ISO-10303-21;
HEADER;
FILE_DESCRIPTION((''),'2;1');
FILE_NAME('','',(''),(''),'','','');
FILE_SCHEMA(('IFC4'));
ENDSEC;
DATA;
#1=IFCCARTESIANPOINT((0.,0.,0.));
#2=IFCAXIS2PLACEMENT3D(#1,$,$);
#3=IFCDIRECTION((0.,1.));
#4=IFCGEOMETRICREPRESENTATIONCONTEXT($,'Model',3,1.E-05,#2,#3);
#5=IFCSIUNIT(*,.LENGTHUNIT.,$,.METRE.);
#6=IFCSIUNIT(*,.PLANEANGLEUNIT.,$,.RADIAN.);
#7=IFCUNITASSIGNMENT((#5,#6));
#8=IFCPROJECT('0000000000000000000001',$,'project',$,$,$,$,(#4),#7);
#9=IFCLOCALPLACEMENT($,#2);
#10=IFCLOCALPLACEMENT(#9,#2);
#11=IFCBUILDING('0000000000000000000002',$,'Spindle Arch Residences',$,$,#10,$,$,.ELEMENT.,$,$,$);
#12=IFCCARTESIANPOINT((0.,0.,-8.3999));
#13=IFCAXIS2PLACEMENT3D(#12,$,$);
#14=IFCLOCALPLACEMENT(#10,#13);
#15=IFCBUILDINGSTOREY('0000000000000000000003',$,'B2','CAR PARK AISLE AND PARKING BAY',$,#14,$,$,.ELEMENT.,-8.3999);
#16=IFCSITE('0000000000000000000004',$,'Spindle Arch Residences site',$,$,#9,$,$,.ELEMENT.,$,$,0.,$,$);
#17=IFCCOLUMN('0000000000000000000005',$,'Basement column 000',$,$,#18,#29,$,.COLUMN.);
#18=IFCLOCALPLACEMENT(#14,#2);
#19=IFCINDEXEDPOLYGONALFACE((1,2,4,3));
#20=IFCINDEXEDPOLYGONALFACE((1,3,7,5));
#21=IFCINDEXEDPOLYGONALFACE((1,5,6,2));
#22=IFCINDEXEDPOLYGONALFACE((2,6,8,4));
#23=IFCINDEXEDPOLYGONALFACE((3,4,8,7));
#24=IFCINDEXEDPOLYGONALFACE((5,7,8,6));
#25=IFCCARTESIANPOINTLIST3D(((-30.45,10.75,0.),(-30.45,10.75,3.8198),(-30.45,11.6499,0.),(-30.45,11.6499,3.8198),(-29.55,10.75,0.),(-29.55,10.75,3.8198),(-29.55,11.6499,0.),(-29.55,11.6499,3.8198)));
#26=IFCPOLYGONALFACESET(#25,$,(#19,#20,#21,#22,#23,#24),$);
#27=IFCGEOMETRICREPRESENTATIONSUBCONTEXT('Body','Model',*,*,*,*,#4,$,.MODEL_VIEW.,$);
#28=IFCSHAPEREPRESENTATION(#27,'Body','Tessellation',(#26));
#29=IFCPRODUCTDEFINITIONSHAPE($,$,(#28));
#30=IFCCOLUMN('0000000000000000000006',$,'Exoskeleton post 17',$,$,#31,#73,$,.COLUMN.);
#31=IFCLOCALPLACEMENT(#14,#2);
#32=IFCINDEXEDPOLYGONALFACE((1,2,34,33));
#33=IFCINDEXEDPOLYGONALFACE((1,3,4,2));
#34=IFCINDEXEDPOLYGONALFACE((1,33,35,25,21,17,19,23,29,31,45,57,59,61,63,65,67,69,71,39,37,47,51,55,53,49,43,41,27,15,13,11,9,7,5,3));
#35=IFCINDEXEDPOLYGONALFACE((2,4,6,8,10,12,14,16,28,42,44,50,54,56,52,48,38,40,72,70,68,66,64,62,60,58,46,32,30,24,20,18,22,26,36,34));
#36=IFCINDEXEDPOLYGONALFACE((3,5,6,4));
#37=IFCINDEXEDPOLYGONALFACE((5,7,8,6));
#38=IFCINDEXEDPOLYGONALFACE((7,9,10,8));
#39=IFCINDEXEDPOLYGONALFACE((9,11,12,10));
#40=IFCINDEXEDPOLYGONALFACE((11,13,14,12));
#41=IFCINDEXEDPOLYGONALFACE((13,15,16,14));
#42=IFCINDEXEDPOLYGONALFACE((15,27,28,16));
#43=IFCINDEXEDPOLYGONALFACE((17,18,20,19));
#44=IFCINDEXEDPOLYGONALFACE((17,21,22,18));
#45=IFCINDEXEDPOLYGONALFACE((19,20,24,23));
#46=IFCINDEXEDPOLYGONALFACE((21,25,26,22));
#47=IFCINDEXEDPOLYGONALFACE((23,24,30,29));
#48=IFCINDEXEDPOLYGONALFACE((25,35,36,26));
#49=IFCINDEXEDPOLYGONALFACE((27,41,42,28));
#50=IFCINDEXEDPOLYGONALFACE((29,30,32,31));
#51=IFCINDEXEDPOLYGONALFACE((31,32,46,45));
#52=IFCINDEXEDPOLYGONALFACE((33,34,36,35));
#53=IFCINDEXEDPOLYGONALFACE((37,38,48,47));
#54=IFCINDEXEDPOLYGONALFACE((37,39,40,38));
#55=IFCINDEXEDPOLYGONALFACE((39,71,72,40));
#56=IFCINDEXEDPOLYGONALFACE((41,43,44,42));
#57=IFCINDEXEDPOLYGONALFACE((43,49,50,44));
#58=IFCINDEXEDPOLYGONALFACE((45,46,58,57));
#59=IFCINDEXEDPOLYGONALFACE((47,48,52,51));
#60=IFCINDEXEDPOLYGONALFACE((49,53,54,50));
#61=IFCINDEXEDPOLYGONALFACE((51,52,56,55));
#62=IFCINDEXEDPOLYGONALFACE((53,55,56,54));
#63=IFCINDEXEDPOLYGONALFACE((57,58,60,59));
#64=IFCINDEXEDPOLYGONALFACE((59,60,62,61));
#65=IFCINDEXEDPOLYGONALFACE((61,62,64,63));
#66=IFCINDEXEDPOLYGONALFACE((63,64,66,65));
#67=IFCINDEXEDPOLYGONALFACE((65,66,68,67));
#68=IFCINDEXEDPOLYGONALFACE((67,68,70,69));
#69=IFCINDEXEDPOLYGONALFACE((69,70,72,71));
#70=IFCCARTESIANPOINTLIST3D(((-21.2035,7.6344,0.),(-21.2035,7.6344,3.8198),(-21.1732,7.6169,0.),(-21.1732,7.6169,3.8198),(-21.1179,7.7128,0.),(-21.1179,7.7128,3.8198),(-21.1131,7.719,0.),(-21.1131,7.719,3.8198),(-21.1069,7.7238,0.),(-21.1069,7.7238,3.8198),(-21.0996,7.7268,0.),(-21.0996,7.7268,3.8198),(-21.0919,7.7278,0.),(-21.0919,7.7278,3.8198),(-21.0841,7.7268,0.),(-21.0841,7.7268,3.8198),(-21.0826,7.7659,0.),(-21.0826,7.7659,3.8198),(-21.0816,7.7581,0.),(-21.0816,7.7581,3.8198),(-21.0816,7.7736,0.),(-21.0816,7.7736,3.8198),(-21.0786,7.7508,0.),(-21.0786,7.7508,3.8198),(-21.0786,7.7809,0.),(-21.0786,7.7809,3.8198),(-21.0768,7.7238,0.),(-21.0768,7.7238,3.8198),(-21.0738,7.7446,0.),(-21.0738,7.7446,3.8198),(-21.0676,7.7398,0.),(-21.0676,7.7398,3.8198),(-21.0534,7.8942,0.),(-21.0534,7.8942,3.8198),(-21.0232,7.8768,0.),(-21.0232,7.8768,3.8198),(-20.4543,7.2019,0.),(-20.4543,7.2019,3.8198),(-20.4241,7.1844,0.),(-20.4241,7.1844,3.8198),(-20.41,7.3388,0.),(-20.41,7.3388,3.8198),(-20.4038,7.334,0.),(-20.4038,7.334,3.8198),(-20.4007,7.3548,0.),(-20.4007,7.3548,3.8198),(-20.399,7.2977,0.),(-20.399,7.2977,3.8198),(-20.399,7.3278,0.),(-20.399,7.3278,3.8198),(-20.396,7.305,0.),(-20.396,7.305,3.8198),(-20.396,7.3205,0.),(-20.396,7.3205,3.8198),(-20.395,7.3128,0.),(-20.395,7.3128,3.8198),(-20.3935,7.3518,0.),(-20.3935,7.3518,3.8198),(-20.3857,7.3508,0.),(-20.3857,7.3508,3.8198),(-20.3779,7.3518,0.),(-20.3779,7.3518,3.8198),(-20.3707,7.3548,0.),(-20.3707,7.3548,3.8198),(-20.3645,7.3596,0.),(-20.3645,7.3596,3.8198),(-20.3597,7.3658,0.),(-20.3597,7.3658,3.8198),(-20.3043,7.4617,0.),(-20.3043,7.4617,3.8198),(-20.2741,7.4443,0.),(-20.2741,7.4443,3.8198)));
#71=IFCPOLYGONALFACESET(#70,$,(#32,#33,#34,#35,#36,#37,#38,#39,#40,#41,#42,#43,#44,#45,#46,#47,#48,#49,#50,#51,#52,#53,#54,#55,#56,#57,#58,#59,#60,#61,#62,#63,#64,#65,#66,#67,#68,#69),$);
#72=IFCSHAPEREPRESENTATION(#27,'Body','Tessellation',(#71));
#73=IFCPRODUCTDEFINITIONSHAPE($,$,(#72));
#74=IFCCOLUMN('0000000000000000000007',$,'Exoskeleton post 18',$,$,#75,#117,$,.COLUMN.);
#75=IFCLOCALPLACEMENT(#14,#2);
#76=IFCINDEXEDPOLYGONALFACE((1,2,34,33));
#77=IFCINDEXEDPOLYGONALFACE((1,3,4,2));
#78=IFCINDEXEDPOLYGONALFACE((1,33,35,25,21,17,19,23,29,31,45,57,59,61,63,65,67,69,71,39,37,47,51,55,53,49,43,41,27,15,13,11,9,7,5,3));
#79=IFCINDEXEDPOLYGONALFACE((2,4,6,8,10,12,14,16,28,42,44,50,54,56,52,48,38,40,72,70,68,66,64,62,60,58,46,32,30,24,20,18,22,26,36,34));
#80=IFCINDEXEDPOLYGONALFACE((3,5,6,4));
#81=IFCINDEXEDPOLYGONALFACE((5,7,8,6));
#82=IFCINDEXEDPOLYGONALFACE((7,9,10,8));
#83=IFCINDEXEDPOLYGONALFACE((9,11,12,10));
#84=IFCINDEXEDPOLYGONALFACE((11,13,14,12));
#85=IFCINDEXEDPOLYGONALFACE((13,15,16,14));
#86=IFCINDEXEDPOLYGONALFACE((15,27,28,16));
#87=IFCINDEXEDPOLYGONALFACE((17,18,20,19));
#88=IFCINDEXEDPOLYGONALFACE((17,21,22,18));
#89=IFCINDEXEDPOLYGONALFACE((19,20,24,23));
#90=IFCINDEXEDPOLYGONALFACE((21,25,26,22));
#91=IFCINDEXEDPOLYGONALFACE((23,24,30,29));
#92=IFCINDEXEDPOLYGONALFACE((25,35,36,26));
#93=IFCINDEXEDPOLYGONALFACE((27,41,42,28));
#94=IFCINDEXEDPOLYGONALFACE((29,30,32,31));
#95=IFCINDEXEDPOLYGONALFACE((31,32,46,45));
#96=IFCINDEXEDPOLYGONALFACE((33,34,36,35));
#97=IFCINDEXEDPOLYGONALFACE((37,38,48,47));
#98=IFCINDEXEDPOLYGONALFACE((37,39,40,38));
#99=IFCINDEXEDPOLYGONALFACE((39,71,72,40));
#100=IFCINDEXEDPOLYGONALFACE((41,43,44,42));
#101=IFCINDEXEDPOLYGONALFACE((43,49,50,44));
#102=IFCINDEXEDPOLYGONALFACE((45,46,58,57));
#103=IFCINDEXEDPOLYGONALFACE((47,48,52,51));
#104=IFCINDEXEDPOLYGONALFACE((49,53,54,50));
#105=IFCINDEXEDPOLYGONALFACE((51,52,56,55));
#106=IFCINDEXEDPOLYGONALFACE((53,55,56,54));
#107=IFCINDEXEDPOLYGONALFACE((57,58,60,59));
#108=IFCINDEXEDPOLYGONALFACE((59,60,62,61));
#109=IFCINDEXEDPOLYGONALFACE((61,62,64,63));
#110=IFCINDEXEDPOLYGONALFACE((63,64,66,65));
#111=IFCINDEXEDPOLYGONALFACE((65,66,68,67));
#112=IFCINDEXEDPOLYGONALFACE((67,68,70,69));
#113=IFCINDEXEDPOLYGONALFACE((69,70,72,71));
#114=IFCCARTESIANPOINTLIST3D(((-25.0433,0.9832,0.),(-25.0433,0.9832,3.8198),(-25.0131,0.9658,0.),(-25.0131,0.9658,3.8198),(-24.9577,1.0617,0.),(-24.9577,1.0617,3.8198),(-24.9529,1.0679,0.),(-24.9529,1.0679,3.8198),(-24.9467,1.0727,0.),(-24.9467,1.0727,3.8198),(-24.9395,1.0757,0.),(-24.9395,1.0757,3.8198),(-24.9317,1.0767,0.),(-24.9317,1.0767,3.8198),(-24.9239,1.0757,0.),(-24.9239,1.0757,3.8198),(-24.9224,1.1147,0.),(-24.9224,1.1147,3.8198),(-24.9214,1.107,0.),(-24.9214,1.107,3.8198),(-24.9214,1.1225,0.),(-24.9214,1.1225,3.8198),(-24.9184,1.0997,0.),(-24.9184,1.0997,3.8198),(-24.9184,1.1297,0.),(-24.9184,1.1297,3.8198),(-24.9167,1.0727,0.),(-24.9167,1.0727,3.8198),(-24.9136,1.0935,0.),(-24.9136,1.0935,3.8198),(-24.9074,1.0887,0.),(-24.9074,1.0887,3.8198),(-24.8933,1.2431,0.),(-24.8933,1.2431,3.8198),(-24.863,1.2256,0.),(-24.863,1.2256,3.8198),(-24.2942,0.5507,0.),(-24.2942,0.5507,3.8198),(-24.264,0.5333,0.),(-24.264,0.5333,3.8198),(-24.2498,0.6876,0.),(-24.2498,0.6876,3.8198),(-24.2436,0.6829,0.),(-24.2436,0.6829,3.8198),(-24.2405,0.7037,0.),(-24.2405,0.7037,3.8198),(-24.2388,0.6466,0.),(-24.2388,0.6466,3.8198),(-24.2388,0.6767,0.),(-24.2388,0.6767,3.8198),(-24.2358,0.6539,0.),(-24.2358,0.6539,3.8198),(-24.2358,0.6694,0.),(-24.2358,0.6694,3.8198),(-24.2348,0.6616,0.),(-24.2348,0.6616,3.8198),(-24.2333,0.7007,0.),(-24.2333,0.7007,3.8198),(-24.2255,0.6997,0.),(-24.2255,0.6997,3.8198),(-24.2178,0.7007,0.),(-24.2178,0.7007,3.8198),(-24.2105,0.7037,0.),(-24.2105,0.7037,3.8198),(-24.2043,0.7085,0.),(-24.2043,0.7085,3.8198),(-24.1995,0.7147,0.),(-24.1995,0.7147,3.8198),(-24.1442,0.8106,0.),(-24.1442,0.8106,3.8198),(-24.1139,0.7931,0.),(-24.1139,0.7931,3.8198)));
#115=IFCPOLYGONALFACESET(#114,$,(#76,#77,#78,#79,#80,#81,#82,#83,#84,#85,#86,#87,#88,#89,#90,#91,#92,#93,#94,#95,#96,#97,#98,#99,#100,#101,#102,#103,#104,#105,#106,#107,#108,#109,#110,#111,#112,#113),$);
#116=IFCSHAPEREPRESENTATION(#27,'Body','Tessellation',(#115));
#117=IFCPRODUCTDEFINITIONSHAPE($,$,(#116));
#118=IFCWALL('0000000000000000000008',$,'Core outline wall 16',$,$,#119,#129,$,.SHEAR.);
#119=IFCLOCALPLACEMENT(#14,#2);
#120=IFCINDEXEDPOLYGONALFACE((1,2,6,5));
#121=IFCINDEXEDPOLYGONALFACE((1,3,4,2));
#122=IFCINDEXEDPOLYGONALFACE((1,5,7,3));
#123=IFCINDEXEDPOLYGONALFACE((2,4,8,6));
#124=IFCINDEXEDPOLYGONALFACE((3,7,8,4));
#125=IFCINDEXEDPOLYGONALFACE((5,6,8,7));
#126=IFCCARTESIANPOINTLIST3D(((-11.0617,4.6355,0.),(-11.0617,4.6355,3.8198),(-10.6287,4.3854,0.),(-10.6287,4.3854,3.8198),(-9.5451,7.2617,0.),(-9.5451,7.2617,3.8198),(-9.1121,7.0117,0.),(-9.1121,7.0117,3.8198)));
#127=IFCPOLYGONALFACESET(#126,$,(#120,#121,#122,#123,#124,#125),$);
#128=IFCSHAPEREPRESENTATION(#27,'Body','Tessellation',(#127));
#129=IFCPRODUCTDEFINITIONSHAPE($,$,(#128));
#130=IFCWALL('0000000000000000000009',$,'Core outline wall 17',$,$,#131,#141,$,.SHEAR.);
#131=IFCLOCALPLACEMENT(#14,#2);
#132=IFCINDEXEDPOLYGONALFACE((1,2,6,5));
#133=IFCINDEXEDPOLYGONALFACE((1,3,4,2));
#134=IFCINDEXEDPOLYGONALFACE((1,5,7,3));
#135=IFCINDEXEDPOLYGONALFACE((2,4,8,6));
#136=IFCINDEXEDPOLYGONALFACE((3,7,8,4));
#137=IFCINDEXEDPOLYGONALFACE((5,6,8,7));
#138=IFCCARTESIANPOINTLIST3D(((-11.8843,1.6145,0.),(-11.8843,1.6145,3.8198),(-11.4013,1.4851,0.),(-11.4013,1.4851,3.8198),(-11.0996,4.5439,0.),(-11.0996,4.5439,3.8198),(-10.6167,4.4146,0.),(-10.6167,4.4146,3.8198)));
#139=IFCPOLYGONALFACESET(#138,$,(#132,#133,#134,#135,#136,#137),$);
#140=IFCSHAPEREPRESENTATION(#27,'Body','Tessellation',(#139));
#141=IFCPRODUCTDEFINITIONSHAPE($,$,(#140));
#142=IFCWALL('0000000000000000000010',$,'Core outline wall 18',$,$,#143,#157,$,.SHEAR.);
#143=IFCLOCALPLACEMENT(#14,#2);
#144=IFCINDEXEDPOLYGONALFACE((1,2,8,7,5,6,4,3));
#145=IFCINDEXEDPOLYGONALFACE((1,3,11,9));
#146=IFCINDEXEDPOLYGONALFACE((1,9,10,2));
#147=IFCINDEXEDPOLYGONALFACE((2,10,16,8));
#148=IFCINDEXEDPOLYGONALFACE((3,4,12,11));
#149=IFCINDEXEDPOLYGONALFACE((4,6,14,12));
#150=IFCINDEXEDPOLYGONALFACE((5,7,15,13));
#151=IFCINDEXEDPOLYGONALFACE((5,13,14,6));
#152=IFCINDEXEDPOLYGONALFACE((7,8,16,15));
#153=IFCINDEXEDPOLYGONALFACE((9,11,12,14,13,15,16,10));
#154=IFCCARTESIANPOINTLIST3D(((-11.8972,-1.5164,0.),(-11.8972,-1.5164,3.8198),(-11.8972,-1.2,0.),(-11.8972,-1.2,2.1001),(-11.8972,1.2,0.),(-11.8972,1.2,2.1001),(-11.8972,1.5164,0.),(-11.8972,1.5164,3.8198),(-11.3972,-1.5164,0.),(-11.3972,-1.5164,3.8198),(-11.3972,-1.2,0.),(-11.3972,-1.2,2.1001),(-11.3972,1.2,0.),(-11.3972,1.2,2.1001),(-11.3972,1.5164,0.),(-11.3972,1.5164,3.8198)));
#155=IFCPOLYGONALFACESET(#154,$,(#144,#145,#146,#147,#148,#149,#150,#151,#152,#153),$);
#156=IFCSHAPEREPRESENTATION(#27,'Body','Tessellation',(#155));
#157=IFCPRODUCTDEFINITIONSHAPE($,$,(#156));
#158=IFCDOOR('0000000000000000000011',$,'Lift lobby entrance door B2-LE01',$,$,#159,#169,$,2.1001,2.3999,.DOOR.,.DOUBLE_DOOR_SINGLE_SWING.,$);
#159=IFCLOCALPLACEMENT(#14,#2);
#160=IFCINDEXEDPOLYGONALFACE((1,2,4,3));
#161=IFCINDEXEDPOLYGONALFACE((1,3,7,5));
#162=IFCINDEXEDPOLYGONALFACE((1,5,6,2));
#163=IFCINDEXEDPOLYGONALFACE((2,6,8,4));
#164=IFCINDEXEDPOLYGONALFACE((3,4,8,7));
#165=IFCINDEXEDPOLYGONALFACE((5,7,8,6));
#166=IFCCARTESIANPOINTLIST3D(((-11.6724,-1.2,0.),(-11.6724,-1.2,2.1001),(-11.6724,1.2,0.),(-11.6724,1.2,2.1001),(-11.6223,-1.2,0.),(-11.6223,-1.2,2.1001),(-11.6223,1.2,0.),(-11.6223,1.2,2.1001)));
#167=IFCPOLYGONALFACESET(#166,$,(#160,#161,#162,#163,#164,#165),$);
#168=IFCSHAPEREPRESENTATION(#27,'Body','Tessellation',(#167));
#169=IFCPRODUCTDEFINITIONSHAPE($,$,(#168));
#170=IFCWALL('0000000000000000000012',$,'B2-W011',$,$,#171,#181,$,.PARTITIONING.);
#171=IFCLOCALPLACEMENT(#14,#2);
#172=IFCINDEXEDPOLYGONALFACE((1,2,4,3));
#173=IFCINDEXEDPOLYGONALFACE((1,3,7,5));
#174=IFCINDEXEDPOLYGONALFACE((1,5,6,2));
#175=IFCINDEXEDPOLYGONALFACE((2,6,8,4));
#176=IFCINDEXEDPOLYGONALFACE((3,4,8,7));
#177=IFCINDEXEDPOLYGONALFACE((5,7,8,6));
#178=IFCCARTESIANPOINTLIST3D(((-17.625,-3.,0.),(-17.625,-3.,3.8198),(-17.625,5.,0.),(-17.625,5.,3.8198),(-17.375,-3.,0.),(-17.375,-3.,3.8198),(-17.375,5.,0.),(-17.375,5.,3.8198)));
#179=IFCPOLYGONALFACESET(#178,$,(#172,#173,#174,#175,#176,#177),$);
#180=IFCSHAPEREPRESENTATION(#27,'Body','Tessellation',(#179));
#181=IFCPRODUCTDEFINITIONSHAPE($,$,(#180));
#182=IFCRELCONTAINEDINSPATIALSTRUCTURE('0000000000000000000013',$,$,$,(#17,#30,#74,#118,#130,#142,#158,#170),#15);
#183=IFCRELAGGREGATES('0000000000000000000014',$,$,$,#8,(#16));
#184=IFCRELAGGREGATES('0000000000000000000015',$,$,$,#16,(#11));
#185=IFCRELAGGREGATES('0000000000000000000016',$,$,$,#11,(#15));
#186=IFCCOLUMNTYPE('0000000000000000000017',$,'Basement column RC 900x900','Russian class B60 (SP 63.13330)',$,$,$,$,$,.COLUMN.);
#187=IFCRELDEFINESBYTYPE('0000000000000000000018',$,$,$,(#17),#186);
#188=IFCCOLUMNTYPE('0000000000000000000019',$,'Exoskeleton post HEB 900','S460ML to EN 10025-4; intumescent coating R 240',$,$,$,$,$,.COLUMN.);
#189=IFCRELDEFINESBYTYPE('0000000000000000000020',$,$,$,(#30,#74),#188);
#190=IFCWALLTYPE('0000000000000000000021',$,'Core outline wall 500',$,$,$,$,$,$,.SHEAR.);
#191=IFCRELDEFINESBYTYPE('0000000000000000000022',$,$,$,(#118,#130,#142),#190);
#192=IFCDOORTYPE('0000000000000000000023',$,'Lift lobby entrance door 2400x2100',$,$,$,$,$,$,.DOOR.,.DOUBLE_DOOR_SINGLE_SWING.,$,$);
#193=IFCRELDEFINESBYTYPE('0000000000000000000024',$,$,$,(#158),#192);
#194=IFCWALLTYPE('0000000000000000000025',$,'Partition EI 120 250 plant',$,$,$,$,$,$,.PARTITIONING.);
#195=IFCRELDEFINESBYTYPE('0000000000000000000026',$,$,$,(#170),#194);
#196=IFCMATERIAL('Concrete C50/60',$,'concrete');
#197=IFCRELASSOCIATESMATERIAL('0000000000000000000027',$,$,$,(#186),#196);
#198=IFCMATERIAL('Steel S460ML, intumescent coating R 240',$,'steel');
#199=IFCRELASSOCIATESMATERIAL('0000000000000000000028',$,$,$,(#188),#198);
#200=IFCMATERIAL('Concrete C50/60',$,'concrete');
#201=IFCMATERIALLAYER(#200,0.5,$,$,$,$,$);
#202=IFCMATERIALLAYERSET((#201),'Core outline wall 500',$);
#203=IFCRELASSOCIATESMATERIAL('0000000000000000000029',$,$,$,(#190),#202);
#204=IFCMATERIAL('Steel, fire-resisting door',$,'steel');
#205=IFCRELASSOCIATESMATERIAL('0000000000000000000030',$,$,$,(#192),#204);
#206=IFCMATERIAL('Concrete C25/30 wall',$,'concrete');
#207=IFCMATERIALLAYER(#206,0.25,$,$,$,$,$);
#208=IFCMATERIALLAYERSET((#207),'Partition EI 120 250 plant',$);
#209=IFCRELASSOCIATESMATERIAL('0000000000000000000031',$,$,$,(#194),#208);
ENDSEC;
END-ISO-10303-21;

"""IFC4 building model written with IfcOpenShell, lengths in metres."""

from ifc_helpers import new_model, si_unit, direction, frame, frame_2d, origin, origin_2d, place, context, subcontext, project, spatial, rectangle, i_section, extrude, material, layer, layer_set, material_profile, profile_set, type_object, element, fill, save


model = new_model("IFC4")

# Units and contexts
model_context = context("Model", 3, precision=1e-05, world=origin(), true_north=direction((0.0, 1.0)))
body_context = subcontext(model_context, "Body", "Model", "MODEL_VIEW")
ifc_project = project(units=[si_unit("LENGTHUNIT", "METRE"), si_unit("PLANEANGLEUNIT", "RADIAN")], contexts=[model_context])

# Site, building, storey
site_placement = place(None, origin())
site = spatial("IfcSite", under=ifc_project, at=site_placement, Name="Spindle Arch Residences site", CompositionType="ELEMENT", RefElevation=0.0)
building_placement = place(site_placement, origin())
building = spatial("IfcBuilding", under=site, at=building_placement, Name="Spindle Arch Residences", CompositionType="ELEMENT")
storey_placement = place(building_placement, frame((0.0, 0.0, -8.3999)))
storey = spatial("IfcBuildingStorey", under=building, at=storey_placement, Name="B2", Description="CAR PARK AISLE AND PARKING BAY", CompositionType="ELEMENT", Elevation=-8.3999)

# Columns
ifc_material_1 = material(Name="Concrete C50/60", Category="concrete")
ifc_material_profile_1 = material_profile(ifc_material_1, rectangle(XDim=0.8999, YDim=0.8999, at=origin_2d()), Name="RC 900x900")
ifc_profile_set_1 = profile_set([ifc_material_profile_1], Name="Concrete C50/60")
column_type_1 = type_object("IfcColumnType", Name="Basement column RC 900x900", Description="Russian class B60 (SP 63.13330)", PredefinedType="COLUMN", material=ifc_profile_set_1)
column_placement = place(storey_placement, frame((-30.0, 11.2, 0.0), z_axis=(0.0, 0.0, 1.0), x_axis=(1.0, 0.0, 0.0)))
element("IfcColumn", 1, at=column_placement, inside=storey, type_object=column_type_1, Name="Basement column 000", PredefinedType="COLUMN", context=body_context, shape_type="SweptSolid", body=[
    extrude(rectangle(XDim=0.8999, YDim=0.8999, at=origin_2d()), origin(), (0.0, 0.0, 1.0), 3.8198),
])
ifc_material_2 = material(Name="Steel S460ML, intumescent coating R 240", Category="steel")
ifc_material_profile_2 = material_profile(ifc_material_2, i_section(OverallWidth=0.3, OverallDepth=0.8999, WebThickness=0.0186, FlangeThickness=0.0349, FilletRadius=0.03, at=origin_2d()), Name="HEB 900")
ifc_profile_set_2 = profile_set([ifc_material_profile_2], Name="Steel S460ML, intumescent coating R 240")
column_type_2 = type_object("IfcColumnType", Name="Exoskeleton post HEB 900", Description="S460ML to EN 10025-4; intumescent coating R 240", PredefinedType="COLUMN", material=ifc_profile_set_2)
for number, where, z_axis, x_axis, name in (
    (2, (-20.7388, 7.5393, 0.0), (0.0, 0.0, 1.0), (0.5, 0.866025, 0.0), "Exoskeleton post 17"),
    (3, (-24.5786, 0.8882, 0.0), (0.0, 0.0, 1.0), (0.5, 0.866025, 0.0), "Exoskeleton post 18"),
):
    element("IfcColumn", number, at=place(storey_placement, frame(where, z_axis=z_axis, x_axis=x_axis)), inside=storey, type_object=column_type_2, Name=name, PredefinedType="COLUMN", context=body_context, shape_type="SweptSolid", body=[
        extrude(i_section(OverallWidth=0.3, OverallDepth=0.8999, WebThickness=0.0186, FlangeThickness=0.0349, FilletRadius=0.03, at=origin_2d()), origin(), (0.0, 0.0, 1.0), 3.8198),
    ])

# Walls
ifc_material_3 = material(Name="Concrete C50/60", Category="concrete")
ifc_layer_1 = layer(ifc_material_3, 0.5)
ifc_layer_set_1 = layer_set([ifc_layer_1], Name="Core outline wall 500")
wall_type_1 = type_object("IfcWallType", Name="Core outline wall 500", PredefinedType="SHEAR", material=ifc_layer_set_1)
for number, where, z_axis, x_axis, name in (
    (4, (-9.3286, 7.1367, 0.0), (0.0, 0.0, 1.0), (-0.500087, -0.865975, 0.0), "Core outline wall 16"),
    (5, (-10.8582, 4.4792, 0.0), (0.0, 0.0, 1.0), (-0.258735, -0.965948, 0.0), "Core outline wall 17"),
):
    element("IfcWall", number, at=place(storey_placement, frame(where, z_axis=z_axis, x_axis=x_axis)), inside=storey, type_object=wall_type_1, Name=name, PredefinedType="SHEAR", context=body_context, shape_type="SweptSolid", body=[
        extrude(rectangle(XDim=3.0327, YDim=0.5, at=frame_2d((1.5164, 0.0))), origin(), (0.0, 0.0, 1.0), 3.8198),
    ])

# Wall, opening, door
wall_1_placement = place(storey_placement, frame((-11.6472, 1.5164, 0.0), z_axis=(0.0, 0.0, 1.0), x_axis=(0.0, -1.0, 0.0)))
wall_1 = element("IfcWall", 6, at=wall_1_placement, inside=storey, type_object=wall_type_1, Name="Core outline wall 18", PredefinedType="SHEAR", context=body_context, shape_type="SweptSolid", body=[
    extrude(rectangle(XDim=3.0327, YDim=0.5, at=frame_2d((1.5164, 0.0))), origin(), (0.0, 0.0, 1.0), 3.8198),
])
opening_1_placement = place(wall_1_placement, frame((0.3164, 0.0, 0.0)))
opening_1 = element("IfcOpeningElement", 7, at=opening_1_placement, cuts=wall_1, PredefinedType="OPENING", context=body_context, shape_type="SweptSolid", body=[
    extrude(rectangle(XDim=2.3999, YDim=2.1001, at=frame_2d((1.2, 1.05))), frame((0.0, 0.26, 0.0), z_axis=(0.0, -1.0, 0.0), x_axis=(1.0, 0.0, 0.0)), (0.0, 0.0, 1.0), 0.52),
])
ifc_material_4 = material(Name="Steel, fire-resisting door", Category="steel")
door_type_1 = type_object("IfcDoorType", Name="Lift lobby entrance door 2400x2100", OperationType="DOUBLE_DOOR_SINGLE_SWING", PredefinedType="DOOR", material=ifc_material_4)
door_1_placement = place(opening_1_placement, origin())
door_1 = element("IfcDoor", 8, at=door_1_placement, inside=storey, type_object=door_type_1, Name="Lift lobby entrance door B2-LE01", OperationType="DOUBLE_DOOR_SINGLE_SWING", OverallHeight=2.1001, OverallWidth=2.3999, PredefinedType="DOOR", context=body_context, shape_type="SweptSolid", body=[
    extrude(rectangle(XDim=2.3999, YDim=2.1001, at=frame_2d((1.2, 1.05))), frame((0.0, 0.0249, 0.0), z_axis=(0.0, -1.0, 0.0), x_axis=(1.0, 0.0, 0.0)), (0.0, 0.0, 1.0), 0.05),
])
fill(opening_1, door_1)

# Wall
ifc_material_5 = material(Name="Concrete C25/30 wall", Category="concrete")
ifc_layer_2 = layer(ifc_material_5, 0.25)
ifc_layer_set_2 = layer_set([ifc_layer_2], Name="Partition EI 120 250 plant")
wall_type_2 = type_object("IfcWallType", Name="Partition EI 120 250 plant", PredefinedType="PARTITIONING", material=ifc_layer_set_2)
wall_2_placement = place(storey_placement, frame((-17.5, 5.0, 0.0), z_axis=(0.0, 0.0, 1.0), x_axis=(0.0, -1.0, 0.0)))
element("IfcWall", 9, at=wall_2_placement, inside=storey, type_object=wall_type_2, Name="B2-W011", PredefinedType="PARTITIONING", context=body_context, shape_type="SweptSolid", body=[
    extrude(rectangle(XDim=8.0, YDim=0.25, at=frame_2d((4.0, 0.0))), origin(), (0.0, 0.0, 1.0), 3.8198),
])

save(model, "model.ifc")
